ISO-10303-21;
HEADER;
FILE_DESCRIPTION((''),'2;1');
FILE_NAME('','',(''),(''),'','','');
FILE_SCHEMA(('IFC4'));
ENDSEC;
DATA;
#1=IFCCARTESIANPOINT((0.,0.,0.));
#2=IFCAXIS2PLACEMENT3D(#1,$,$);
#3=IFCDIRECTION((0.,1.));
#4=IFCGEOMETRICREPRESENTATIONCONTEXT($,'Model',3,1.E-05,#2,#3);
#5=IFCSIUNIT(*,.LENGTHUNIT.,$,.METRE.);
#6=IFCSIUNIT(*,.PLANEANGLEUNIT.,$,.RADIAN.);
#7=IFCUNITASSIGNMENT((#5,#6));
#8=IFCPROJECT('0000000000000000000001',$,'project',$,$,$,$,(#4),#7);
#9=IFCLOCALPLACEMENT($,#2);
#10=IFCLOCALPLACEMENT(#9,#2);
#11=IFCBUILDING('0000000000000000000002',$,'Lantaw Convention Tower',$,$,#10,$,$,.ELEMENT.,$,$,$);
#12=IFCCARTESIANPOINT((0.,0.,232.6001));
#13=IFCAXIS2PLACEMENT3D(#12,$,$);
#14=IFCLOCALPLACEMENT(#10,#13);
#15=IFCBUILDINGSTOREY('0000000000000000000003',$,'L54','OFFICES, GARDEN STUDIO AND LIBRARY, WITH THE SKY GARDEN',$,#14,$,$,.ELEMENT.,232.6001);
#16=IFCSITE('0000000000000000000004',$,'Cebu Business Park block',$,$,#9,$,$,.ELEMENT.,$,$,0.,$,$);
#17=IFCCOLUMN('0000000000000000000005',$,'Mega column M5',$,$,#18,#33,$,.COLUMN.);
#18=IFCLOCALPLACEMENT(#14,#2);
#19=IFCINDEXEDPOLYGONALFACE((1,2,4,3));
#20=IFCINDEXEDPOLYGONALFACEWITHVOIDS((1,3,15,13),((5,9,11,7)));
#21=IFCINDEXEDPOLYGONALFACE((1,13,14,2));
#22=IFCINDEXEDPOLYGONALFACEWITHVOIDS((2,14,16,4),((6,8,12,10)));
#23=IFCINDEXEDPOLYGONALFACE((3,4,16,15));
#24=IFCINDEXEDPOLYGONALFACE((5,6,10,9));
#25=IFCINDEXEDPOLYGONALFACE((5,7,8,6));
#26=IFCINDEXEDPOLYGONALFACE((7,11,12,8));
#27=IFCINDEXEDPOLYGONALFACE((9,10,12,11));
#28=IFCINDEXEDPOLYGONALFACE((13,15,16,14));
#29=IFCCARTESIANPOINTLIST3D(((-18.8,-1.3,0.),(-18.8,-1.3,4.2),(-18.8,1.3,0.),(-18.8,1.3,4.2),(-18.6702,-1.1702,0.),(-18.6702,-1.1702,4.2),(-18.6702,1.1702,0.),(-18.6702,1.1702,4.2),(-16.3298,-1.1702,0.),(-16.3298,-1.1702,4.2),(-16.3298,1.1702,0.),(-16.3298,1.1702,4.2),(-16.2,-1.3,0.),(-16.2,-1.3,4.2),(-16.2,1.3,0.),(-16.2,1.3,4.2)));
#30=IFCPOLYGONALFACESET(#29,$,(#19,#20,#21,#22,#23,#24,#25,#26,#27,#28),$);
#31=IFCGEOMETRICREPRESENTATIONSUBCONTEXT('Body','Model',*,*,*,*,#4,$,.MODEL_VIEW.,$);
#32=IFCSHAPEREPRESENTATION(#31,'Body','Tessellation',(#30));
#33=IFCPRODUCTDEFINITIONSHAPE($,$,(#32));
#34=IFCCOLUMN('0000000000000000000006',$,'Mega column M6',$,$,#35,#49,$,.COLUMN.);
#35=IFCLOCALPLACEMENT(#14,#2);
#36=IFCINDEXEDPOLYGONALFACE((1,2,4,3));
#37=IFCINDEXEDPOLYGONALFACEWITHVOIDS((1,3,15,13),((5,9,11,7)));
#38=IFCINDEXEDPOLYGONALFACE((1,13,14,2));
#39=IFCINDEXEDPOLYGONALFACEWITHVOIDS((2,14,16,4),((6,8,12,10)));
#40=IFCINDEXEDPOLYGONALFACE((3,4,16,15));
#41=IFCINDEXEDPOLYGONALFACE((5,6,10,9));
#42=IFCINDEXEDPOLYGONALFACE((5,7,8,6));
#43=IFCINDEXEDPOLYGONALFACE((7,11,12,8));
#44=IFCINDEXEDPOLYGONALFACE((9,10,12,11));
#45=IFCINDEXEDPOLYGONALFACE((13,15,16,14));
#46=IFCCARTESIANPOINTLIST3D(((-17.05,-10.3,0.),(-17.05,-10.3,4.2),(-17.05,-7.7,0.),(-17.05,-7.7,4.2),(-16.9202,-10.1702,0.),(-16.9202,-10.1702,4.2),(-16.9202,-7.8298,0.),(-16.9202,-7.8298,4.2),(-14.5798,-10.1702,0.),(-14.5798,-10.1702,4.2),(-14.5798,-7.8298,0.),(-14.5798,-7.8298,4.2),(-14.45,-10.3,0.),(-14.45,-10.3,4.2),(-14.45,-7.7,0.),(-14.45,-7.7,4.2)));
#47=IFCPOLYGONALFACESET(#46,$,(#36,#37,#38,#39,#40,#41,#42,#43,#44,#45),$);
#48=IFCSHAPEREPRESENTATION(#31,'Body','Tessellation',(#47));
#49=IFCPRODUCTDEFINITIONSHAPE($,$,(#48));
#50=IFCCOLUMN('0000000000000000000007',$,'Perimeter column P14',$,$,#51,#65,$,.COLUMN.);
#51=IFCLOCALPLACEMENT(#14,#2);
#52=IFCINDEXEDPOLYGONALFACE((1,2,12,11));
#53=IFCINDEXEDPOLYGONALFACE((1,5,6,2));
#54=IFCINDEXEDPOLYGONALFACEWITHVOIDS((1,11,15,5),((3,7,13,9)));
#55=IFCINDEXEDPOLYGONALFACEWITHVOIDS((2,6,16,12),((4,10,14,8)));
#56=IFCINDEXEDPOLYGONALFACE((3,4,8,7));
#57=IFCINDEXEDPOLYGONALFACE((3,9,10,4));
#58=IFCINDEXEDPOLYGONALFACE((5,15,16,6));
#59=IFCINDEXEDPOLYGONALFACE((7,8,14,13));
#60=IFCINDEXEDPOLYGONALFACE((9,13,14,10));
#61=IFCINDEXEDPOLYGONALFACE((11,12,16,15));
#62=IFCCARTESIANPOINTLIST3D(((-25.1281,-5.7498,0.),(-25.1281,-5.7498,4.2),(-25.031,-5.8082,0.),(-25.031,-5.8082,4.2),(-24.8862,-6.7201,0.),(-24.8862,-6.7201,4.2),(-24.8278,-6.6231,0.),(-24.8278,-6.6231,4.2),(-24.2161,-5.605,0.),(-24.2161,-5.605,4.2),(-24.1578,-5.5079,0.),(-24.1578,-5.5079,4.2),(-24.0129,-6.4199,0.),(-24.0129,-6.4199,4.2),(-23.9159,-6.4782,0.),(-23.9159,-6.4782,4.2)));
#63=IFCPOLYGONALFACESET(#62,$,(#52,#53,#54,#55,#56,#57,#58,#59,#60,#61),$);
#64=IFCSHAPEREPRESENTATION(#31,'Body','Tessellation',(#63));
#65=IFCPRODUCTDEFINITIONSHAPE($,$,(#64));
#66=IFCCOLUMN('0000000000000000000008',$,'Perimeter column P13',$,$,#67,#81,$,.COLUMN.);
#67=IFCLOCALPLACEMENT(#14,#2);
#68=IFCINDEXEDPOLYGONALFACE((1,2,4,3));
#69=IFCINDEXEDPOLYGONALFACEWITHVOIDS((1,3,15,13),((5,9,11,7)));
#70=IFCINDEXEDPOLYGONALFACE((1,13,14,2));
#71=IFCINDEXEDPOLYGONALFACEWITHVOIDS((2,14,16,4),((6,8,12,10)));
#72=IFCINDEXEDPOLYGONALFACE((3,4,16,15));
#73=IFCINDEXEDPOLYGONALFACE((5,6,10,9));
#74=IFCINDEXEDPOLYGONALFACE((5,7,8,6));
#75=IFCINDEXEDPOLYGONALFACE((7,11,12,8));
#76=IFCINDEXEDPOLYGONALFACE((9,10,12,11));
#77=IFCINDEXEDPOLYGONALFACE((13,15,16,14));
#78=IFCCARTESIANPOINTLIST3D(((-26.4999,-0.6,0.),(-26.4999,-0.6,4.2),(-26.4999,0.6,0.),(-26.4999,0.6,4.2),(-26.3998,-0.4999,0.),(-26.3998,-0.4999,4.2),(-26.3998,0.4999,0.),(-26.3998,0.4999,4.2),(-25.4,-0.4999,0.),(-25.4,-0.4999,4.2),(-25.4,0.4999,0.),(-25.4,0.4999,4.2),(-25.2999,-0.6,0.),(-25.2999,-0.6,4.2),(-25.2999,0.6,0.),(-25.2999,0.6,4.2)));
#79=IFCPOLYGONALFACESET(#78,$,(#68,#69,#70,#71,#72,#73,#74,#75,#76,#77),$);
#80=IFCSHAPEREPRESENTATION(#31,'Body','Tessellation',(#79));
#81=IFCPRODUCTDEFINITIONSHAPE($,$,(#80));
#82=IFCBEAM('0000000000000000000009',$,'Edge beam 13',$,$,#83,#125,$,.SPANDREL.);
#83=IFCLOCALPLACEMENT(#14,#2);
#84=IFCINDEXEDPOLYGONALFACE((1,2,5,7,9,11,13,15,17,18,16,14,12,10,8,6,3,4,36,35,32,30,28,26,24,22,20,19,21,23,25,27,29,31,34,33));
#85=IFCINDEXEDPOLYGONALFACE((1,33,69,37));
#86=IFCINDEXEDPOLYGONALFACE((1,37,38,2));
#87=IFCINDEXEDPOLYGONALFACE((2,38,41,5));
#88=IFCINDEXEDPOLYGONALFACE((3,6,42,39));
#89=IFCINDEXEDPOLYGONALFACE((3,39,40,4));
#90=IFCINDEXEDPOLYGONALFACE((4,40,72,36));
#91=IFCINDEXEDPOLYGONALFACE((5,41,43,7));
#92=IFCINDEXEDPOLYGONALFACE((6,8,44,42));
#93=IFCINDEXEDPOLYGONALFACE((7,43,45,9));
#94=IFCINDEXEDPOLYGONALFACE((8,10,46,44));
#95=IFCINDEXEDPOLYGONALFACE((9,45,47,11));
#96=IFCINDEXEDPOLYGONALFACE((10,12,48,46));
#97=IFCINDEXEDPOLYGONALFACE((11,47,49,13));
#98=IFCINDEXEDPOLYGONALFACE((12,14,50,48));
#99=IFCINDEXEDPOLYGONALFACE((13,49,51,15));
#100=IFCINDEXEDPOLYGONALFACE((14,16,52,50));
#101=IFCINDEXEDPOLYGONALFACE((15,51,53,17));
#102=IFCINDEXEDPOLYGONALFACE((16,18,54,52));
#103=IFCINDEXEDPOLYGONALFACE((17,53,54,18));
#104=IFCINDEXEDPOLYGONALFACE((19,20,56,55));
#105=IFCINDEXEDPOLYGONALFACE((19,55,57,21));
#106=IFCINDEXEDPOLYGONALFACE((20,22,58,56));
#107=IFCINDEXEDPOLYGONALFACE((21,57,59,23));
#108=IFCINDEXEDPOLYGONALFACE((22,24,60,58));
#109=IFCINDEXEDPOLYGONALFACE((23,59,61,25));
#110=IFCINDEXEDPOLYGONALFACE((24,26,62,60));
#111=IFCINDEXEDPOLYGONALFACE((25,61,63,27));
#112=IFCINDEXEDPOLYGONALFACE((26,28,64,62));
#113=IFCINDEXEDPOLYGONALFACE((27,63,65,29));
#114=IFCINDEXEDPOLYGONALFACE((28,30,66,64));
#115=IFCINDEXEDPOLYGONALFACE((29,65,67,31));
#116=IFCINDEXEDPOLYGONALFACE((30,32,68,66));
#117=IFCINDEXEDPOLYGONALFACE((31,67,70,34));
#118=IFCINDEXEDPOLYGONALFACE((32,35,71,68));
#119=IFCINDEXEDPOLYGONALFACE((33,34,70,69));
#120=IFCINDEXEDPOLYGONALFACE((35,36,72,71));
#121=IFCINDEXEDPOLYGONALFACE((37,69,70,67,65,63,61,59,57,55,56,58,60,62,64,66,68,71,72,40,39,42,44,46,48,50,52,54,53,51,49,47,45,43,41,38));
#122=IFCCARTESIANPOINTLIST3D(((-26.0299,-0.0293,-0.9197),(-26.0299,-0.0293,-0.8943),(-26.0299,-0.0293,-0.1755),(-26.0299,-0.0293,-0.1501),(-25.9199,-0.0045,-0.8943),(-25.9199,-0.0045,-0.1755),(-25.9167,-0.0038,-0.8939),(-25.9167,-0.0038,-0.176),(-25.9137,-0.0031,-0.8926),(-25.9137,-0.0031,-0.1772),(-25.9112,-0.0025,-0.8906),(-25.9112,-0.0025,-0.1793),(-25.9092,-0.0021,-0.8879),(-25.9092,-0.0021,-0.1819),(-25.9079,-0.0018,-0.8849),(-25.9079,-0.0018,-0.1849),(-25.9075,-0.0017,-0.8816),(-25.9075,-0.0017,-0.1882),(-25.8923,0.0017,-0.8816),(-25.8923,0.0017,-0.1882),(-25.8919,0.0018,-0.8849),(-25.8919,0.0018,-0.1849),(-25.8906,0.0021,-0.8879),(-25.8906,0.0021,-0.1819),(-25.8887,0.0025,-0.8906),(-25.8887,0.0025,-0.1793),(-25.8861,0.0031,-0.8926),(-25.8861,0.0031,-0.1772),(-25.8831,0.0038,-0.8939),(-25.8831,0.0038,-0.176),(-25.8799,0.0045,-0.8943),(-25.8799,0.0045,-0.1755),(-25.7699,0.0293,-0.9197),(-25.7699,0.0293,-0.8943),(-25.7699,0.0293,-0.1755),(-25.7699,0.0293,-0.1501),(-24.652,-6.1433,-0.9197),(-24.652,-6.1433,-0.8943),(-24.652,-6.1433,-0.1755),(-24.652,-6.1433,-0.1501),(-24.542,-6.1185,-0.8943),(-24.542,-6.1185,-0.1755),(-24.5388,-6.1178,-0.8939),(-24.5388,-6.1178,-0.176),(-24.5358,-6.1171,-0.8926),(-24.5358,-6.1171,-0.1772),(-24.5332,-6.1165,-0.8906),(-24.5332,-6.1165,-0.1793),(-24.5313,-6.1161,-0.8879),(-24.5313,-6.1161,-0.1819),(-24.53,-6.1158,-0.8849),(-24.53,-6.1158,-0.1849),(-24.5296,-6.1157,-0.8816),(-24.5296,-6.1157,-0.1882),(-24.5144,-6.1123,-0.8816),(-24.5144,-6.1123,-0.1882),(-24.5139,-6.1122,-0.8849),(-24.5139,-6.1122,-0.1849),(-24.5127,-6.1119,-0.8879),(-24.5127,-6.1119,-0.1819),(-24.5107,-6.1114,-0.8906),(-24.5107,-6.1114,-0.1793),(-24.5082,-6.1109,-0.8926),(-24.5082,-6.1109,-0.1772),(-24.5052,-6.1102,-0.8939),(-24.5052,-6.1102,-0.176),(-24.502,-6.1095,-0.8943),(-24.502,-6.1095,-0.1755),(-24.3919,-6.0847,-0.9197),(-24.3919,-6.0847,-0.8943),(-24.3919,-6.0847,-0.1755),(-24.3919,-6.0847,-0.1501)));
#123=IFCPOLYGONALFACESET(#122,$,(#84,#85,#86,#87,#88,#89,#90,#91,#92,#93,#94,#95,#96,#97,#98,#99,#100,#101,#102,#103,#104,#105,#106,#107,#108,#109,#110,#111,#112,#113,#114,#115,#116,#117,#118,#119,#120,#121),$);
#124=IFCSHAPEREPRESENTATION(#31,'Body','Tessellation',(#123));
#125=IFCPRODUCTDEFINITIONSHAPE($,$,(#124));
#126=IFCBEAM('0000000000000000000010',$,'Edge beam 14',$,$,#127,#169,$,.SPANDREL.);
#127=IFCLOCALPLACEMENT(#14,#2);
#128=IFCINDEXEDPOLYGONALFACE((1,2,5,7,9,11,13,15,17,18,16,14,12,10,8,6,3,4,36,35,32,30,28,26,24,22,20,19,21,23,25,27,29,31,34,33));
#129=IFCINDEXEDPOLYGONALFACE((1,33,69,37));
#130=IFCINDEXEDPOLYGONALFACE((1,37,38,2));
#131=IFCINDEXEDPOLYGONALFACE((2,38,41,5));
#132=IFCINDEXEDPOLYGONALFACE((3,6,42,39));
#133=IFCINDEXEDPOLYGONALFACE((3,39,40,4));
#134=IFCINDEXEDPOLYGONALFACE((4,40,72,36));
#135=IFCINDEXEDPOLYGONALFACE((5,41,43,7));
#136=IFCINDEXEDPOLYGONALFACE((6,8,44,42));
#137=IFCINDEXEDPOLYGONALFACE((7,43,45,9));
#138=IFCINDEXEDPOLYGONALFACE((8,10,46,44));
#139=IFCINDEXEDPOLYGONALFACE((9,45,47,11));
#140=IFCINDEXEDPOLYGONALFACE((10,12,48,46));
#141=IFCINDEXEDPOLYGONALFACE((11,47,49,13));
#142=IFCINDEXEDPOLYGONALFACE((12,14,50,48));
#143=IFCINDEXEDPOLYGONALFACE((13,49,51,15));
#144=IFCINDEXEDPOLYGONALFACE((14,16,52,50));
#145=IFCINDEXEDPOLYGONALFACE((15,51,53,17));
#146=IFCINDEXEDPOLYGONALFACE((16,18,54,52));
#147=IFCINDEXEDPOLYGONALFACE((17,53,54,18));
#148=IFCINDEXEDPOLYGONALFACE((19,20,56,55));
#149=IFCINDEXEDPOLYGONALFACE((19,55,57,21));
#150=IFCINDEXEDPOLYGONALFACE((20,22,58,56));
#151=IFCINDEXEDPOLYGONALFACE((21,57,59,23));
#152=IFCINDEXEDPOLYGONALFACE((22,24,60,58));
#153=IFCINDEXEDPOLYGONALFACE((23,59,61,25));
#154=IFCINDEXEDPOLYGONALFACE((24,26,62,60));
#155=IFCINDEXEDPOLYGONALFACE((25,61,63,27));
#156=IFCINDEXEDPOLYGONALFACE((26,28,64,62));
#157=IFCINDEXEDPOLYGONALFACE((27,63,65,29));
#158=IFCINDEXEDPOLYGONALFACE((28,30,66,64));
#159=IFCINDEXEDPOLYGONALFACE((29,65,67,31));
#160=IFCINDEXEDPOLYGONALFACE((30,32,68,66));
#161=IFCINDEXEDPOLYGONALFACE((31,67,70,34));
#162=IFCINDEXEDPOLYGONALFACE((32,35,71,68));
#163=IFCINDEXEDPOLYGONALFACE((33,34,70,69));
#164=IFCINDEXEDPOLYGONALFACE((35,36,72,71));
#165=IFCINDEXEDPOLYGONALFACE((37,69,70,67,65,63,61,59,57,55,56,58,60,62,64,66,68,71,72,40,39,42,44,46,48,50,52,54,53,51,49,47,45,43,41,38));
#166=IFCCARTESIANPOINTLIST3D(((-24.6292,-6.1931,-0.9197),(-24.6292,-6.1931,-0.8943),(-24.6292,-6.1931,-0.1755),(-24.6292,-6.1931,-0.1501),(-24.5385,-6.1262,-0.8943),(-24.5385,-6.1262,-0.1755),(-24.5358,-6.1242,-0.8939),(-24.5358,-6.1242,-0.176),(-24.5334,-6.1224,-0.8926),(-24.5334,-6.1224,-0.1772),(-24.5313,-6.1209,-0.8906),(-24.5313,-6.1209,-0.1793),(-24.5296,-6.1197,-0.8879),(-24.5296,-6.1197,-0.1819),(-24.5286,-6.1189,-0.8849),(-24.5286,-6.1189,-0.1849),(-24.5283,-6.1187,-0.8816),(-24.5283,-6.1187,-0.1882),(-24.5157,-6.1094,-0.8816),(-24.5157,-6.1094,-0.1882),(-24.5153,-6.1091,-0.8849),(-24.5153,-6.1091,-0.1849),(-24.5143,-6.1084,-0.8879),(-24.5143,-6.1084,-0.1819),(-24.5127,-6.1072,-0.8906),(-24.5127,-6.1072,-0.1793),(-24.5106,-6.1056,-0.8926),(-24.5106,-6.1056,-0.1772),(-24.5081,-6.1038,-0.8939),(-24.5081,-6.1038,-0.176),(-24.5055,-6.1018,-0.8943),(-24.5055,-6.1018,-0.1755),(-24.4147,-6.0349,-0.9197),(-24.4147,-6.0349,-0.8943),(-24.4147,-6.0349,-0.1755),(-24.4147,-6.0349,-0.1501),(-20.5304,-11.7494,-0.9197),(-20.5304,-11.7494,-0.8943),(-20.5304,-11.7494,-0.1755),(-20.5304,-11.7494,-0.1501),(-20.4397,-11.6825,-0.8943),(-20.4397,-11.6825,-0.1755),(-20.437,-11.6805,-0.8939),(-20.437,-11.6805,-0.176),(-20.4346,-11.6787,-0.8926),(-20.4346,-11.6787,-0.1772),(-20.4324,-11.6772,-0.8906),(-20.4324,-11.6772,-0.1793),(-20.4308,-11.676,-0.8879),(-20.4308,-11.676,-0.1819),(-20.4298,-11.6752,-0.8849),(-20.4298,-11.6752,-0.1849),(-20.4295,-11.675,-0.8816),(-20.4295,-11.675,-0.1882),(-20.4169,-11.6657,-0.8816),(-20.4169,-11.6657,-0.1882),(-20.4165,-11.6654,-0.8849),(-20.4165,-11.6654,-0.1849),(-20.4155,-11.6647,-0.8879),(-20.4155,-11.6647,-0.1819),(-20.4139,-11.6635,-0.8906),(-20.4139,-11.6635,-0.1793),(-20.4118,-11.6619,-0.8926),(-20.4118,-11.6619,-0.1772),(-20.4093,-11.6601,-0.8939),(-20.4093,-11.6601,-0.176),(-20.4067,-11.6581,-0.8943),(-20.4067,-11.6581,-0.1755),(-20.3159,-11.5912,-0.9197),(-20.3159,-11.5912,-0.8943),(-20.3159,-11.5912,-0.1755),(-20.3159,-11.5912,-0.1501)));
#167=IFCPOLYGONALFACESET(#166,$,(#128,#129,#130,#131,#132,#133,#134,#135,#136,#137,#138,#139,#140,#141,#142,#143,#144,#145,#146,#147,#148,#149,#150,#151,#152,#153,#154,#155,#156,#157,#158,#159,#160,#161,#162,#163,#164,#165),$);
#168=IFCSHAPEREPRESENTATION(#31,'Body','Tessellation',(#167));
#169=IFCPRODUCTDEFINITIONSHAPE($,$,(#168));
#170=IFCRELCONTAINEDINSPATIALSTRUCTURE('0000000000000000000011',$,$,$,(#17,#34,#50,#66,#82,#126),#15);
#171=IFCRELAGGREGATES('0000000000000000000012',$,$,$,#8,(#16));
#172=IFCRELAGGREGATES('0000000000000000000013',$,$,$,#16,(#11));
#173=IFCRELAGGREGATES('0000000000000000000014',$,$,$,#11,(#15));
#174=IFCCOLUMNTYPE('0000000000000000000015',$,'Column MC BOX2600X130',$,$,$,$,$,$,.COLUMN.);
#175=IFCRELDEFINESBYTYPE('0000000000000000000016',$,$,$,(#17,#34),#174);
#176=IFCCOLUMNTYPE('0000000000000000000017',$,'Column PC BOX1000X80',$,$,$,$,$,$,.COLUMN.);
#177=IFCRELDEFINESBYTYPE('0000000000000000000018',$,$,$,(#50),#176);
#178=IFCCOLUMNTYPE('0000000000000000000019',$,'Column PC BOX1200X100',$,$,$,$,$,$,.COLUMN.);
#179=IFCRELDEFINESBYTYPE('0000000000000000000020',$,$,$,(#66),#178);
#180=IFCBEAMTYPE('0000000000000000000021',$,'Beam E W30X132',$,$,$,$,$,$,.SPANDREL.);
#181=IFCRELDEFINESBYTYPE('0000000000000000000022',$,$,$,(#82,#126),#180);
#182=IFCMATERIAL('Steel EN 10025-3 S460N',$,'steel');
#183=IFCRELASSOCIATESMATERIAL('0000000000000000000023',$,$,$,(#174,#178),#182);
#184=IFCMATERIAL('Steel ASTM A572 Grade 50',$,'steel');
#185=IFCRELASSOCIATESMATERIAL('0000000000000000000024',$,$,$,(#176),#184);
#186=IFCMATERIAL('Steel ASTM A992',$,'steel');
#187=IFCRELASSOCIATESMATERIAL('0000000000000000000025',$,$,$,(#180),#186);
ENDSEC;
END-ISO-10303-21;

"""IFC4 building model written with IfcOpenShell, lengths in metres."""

from ifc_helpers import new_model, si_unit, direction, frame, origin, origin_2d, place, context, subcontext, project, spatial, rectangle, hollow_rectangle, i_section, extrude, material, material_profile, profile_set, type_object, element, save


model = new_model("IFC4")

# Units and contexts
model_context = context("Model", 3, precision=1e-05, world=origin(), true_north=direction((0.0, 1.0)))
body_context = subcontext(model_context, "Body", "Model", "MODEL_VIEW")
ifc_project = project(units=[si_unit("LENGTHUNIT", "METRE"), si_unit("PLANEANGLEUNIT", "RADIAN")], contexts=[model_context])

# Site, building, storey
site_placement = place(None, origin())
site = spatial("IfcSite", under=ifc_project, at=site_placement, Name="Cebu Business Park block", CompositionType="ELEMENT", RefElevation=0.0)
building_placement = place(site_placement, origin())
building = spatial("IfcBuilding", under=site, at=building_placement, Name="Lantaw Convention Tower", CompositionType="ELEMENT")
storey_placement = place(building_placement, frame((0.0, 0.0, 232.6001)))
storey = spatial("IfcBuildingStorey", under=building, at=storey_placement, Name="L54", Description="OFFICES, GARDEN STUDIO AND LIBRARY, WITH THE SKY GARDEN", CompositionType="ELEMENT", Elevation=232.6001)

# Columns
ifc_material_1 = material(Name="Steel EN 10025-3 S460N", Category="steel")
ifc_material_profile_1 = material_profile(ifc_material_1, hollow_rectangle(XDim=2.6001, YDim=2.6001, WallThickness=0.1299, at=origin_2d()), Name="BOX2600X130")
ifc_material_2 = material(Name="Concrete C60/75", Category="concrete")
ifc_material_profile_2 = material_profile(ifc_material_2, rectangle(XDim=2.3401, YDim=2.3401, at=origin_2d()), Name="Concrete fill of BOX2600X130")
ifc_profile_set_1 = profile_set([ifc_material_profile_1, ifc_material_profile_2], Name="Steel EN 10025-3 S460N")
column_type_1 = type_object("IfcColumnType", Name="Column MC BOX2600X130", PredefinedType="COLUMN", material=ifc_profile_set_1)
for number, where, z_axis, x_axis, name in (
    (1, (-17.5, 0.0, 0.0), (0.0, 0.0, 1.0), (1.0, 0.0, 0.0), "Mega column M5"),
    (2, (-15.75, -9.0, 0.0), (0.0, 0.0, 1.0), (1.0, 0.0, 0.0), "Mega column M6"),
):
    element("IfcColumn", number, at=place(storey_placement, frame(where, z_axis=z_axis, x_axis=x_axis)), inside=storey, type_object=column_type_1, Name=name, PredefinedType="COLUMN", context=body_context, shape_type="SweptSolid", body=[
        extrude(hollow_rectangle(XDim=2.6001, YDim=2.6001, WallThickness=0.1299, at=origin_2d()), origin(), (0.0, 0.0, 1.0), 4.2),
    ])
ifc_material_3 = material(Name="Steel ASTM A572 Grade 50", Category="steel")
ifc_material_profile_3 = material_profile(ifc_material_3, hollow_rectangle(XDim=1.0, YDim=1.0, WallThickness=0.0801, at=origin_2d()), Name="BOX1000X80")
ifc_material_profile_4 = material_profile(ifc_material_2, rectangle(XDim=0.8401, YDim=0.8401, at=origin_2d()), Name="Concrete fill of BOX1000X80")
ifc_profile_set_2 = profile_set([ifc_material_profile_3, ifc_material_profile_4], Name="Steel ASTM A572 Grade 50")
column_type_2 = type_object("IfcColumnType", Name="Column PC BOX1000X80", PredefinedType="COLUMN", material=ifc_profile_set_2)
column_1_placement = place(storey_placement, frame((-24.522, -6.114, 0.0), z_axis=(0.0, 0.0, 1.0), x_axis=(0.970296, 0.241922, 0.0)))
element("IfcColumn", 3, at=column_1_placement, inside=storey, type_object=column_type_2, Name="Perimeter column P14", PredefinedType="COLUMN", context=body_context, shape_type="SweptSolid", body=[
    extrude(hollow_rectangle(XDim=1.0, YDim=1.0, WallThickness=0.0801, at=origin_2d()), origin(), (0.0, 0.0, 1.0), 4.2),
])
ifc_material_profile_5 = material_profile(ifc_material_1, hollow_rectangle(XDim=1.2, YDim=1.2, WallThickness=0.1001, at=origin_2d()), Name="BOX1200X100")
ifc_material_profile_6 = material_profile(ifc_material_2, rectangle(XDim=1.0, YDim=1.0, at=origin_2d()), Name="Concrete fill of BOX1200X100")
ifc_profile_set_3 = profile_set([ifc_material_profile_5, ifc_material_profile_6], Name="Steel EN 10025-3 S460N")
column_type_3 = type_object("IfcColumnType", Name="Column PC BOX1200X100", PredefinedType="COLUMN", material=ifc_profile_set_3)
column_2_placement = place(storey_placement, frame((-25.8999, 0.0, 0.0), z_axis=(0.0, 0.0, 1.0), x_axis=(1.0, 0.0, 0.0)))
element("IfcColumn", 4, at=column_2_placement, inside=storey, type_object=column_type_3, Name="Perimeter column P13", PredefinedType="COLUMN", context=body_context, shape_type="SweptSolid", body=[
    extrude(hollow_rectangle(XDim=1.2, YDim=1.2, WallThickness=0.1001, at=origin_2d()), origin(), (0.0, 0.0, 1.0), 4.2),
])

# Beams
ifc_material_4 = material(Name="Steel ASTM A992", Category="steel")
ifc_material_profile_7 = material_profile(ifc_material_4, i_section(OverallWidth=0.2666, OverallDepth=0.7695, WebThickness=0.0156, FlangeThickness=0.0254, FilletRadius=0.0127, at=origin_2d()), Name="W30X132")
ifc_profile_set_4 = profile_set([ifc_material_profile_7], Name="Steel ASTM A992")
beam_type_1 = type_object("IfcBeamType", Name="Beam E W30X132", PredefinedType="SPANDREL", material=ifc_profile_set_4)
beam_1_placement = place(storey_placement, frame((-25.8999, 0.0, -0.5349), z_axis=(0.219858, -0.975532, 0.0), x_axis=(0.975532, 0.219858, 0.0)))
element("IfcBeam", 5, at=beam_1_placement, inside=storey, type_object=beam_type_1, Name="Edge beam 13", PredefinedType="SPANDREL", context=body_context, shape_type="SweptSolid", body=[
    extrude(i_section(OverallWidth=0.2666, OverallDepth=0.7695, WebThickness=0.0156, FlangeThickness=0.0254, FilletRadius=0.0127, at=origin_2d()), origin(), (0.0, 0.0, 1.0), 6.2673),
])
beam_2_placement = place(storey_placement, frame((-24.522, -6.114, -0.5349), z_axis=(0.593639, -0.804731, 0.0), x_axis=(0.804731, 0.593639, 0.0)))
element("IfcBeam", 6, at=beam_2_placement, inside=storey, type_object=beam_type_1, Name="Edge beam 14", PredefinedType="SPANDREL", context=body_context, shape_type="SweptSolid", body=[
    extrude(i_section(OverallWidth=0.2666, OverallDepth=0.7695, WebThickness=0.0156, FlangeThickness=0.0254, FilletRadius=0.0127, at=origin_2d()), origin(), (0.0, 0.0, 1.0), 6.9045),
])

save(model, "model.ifc")
